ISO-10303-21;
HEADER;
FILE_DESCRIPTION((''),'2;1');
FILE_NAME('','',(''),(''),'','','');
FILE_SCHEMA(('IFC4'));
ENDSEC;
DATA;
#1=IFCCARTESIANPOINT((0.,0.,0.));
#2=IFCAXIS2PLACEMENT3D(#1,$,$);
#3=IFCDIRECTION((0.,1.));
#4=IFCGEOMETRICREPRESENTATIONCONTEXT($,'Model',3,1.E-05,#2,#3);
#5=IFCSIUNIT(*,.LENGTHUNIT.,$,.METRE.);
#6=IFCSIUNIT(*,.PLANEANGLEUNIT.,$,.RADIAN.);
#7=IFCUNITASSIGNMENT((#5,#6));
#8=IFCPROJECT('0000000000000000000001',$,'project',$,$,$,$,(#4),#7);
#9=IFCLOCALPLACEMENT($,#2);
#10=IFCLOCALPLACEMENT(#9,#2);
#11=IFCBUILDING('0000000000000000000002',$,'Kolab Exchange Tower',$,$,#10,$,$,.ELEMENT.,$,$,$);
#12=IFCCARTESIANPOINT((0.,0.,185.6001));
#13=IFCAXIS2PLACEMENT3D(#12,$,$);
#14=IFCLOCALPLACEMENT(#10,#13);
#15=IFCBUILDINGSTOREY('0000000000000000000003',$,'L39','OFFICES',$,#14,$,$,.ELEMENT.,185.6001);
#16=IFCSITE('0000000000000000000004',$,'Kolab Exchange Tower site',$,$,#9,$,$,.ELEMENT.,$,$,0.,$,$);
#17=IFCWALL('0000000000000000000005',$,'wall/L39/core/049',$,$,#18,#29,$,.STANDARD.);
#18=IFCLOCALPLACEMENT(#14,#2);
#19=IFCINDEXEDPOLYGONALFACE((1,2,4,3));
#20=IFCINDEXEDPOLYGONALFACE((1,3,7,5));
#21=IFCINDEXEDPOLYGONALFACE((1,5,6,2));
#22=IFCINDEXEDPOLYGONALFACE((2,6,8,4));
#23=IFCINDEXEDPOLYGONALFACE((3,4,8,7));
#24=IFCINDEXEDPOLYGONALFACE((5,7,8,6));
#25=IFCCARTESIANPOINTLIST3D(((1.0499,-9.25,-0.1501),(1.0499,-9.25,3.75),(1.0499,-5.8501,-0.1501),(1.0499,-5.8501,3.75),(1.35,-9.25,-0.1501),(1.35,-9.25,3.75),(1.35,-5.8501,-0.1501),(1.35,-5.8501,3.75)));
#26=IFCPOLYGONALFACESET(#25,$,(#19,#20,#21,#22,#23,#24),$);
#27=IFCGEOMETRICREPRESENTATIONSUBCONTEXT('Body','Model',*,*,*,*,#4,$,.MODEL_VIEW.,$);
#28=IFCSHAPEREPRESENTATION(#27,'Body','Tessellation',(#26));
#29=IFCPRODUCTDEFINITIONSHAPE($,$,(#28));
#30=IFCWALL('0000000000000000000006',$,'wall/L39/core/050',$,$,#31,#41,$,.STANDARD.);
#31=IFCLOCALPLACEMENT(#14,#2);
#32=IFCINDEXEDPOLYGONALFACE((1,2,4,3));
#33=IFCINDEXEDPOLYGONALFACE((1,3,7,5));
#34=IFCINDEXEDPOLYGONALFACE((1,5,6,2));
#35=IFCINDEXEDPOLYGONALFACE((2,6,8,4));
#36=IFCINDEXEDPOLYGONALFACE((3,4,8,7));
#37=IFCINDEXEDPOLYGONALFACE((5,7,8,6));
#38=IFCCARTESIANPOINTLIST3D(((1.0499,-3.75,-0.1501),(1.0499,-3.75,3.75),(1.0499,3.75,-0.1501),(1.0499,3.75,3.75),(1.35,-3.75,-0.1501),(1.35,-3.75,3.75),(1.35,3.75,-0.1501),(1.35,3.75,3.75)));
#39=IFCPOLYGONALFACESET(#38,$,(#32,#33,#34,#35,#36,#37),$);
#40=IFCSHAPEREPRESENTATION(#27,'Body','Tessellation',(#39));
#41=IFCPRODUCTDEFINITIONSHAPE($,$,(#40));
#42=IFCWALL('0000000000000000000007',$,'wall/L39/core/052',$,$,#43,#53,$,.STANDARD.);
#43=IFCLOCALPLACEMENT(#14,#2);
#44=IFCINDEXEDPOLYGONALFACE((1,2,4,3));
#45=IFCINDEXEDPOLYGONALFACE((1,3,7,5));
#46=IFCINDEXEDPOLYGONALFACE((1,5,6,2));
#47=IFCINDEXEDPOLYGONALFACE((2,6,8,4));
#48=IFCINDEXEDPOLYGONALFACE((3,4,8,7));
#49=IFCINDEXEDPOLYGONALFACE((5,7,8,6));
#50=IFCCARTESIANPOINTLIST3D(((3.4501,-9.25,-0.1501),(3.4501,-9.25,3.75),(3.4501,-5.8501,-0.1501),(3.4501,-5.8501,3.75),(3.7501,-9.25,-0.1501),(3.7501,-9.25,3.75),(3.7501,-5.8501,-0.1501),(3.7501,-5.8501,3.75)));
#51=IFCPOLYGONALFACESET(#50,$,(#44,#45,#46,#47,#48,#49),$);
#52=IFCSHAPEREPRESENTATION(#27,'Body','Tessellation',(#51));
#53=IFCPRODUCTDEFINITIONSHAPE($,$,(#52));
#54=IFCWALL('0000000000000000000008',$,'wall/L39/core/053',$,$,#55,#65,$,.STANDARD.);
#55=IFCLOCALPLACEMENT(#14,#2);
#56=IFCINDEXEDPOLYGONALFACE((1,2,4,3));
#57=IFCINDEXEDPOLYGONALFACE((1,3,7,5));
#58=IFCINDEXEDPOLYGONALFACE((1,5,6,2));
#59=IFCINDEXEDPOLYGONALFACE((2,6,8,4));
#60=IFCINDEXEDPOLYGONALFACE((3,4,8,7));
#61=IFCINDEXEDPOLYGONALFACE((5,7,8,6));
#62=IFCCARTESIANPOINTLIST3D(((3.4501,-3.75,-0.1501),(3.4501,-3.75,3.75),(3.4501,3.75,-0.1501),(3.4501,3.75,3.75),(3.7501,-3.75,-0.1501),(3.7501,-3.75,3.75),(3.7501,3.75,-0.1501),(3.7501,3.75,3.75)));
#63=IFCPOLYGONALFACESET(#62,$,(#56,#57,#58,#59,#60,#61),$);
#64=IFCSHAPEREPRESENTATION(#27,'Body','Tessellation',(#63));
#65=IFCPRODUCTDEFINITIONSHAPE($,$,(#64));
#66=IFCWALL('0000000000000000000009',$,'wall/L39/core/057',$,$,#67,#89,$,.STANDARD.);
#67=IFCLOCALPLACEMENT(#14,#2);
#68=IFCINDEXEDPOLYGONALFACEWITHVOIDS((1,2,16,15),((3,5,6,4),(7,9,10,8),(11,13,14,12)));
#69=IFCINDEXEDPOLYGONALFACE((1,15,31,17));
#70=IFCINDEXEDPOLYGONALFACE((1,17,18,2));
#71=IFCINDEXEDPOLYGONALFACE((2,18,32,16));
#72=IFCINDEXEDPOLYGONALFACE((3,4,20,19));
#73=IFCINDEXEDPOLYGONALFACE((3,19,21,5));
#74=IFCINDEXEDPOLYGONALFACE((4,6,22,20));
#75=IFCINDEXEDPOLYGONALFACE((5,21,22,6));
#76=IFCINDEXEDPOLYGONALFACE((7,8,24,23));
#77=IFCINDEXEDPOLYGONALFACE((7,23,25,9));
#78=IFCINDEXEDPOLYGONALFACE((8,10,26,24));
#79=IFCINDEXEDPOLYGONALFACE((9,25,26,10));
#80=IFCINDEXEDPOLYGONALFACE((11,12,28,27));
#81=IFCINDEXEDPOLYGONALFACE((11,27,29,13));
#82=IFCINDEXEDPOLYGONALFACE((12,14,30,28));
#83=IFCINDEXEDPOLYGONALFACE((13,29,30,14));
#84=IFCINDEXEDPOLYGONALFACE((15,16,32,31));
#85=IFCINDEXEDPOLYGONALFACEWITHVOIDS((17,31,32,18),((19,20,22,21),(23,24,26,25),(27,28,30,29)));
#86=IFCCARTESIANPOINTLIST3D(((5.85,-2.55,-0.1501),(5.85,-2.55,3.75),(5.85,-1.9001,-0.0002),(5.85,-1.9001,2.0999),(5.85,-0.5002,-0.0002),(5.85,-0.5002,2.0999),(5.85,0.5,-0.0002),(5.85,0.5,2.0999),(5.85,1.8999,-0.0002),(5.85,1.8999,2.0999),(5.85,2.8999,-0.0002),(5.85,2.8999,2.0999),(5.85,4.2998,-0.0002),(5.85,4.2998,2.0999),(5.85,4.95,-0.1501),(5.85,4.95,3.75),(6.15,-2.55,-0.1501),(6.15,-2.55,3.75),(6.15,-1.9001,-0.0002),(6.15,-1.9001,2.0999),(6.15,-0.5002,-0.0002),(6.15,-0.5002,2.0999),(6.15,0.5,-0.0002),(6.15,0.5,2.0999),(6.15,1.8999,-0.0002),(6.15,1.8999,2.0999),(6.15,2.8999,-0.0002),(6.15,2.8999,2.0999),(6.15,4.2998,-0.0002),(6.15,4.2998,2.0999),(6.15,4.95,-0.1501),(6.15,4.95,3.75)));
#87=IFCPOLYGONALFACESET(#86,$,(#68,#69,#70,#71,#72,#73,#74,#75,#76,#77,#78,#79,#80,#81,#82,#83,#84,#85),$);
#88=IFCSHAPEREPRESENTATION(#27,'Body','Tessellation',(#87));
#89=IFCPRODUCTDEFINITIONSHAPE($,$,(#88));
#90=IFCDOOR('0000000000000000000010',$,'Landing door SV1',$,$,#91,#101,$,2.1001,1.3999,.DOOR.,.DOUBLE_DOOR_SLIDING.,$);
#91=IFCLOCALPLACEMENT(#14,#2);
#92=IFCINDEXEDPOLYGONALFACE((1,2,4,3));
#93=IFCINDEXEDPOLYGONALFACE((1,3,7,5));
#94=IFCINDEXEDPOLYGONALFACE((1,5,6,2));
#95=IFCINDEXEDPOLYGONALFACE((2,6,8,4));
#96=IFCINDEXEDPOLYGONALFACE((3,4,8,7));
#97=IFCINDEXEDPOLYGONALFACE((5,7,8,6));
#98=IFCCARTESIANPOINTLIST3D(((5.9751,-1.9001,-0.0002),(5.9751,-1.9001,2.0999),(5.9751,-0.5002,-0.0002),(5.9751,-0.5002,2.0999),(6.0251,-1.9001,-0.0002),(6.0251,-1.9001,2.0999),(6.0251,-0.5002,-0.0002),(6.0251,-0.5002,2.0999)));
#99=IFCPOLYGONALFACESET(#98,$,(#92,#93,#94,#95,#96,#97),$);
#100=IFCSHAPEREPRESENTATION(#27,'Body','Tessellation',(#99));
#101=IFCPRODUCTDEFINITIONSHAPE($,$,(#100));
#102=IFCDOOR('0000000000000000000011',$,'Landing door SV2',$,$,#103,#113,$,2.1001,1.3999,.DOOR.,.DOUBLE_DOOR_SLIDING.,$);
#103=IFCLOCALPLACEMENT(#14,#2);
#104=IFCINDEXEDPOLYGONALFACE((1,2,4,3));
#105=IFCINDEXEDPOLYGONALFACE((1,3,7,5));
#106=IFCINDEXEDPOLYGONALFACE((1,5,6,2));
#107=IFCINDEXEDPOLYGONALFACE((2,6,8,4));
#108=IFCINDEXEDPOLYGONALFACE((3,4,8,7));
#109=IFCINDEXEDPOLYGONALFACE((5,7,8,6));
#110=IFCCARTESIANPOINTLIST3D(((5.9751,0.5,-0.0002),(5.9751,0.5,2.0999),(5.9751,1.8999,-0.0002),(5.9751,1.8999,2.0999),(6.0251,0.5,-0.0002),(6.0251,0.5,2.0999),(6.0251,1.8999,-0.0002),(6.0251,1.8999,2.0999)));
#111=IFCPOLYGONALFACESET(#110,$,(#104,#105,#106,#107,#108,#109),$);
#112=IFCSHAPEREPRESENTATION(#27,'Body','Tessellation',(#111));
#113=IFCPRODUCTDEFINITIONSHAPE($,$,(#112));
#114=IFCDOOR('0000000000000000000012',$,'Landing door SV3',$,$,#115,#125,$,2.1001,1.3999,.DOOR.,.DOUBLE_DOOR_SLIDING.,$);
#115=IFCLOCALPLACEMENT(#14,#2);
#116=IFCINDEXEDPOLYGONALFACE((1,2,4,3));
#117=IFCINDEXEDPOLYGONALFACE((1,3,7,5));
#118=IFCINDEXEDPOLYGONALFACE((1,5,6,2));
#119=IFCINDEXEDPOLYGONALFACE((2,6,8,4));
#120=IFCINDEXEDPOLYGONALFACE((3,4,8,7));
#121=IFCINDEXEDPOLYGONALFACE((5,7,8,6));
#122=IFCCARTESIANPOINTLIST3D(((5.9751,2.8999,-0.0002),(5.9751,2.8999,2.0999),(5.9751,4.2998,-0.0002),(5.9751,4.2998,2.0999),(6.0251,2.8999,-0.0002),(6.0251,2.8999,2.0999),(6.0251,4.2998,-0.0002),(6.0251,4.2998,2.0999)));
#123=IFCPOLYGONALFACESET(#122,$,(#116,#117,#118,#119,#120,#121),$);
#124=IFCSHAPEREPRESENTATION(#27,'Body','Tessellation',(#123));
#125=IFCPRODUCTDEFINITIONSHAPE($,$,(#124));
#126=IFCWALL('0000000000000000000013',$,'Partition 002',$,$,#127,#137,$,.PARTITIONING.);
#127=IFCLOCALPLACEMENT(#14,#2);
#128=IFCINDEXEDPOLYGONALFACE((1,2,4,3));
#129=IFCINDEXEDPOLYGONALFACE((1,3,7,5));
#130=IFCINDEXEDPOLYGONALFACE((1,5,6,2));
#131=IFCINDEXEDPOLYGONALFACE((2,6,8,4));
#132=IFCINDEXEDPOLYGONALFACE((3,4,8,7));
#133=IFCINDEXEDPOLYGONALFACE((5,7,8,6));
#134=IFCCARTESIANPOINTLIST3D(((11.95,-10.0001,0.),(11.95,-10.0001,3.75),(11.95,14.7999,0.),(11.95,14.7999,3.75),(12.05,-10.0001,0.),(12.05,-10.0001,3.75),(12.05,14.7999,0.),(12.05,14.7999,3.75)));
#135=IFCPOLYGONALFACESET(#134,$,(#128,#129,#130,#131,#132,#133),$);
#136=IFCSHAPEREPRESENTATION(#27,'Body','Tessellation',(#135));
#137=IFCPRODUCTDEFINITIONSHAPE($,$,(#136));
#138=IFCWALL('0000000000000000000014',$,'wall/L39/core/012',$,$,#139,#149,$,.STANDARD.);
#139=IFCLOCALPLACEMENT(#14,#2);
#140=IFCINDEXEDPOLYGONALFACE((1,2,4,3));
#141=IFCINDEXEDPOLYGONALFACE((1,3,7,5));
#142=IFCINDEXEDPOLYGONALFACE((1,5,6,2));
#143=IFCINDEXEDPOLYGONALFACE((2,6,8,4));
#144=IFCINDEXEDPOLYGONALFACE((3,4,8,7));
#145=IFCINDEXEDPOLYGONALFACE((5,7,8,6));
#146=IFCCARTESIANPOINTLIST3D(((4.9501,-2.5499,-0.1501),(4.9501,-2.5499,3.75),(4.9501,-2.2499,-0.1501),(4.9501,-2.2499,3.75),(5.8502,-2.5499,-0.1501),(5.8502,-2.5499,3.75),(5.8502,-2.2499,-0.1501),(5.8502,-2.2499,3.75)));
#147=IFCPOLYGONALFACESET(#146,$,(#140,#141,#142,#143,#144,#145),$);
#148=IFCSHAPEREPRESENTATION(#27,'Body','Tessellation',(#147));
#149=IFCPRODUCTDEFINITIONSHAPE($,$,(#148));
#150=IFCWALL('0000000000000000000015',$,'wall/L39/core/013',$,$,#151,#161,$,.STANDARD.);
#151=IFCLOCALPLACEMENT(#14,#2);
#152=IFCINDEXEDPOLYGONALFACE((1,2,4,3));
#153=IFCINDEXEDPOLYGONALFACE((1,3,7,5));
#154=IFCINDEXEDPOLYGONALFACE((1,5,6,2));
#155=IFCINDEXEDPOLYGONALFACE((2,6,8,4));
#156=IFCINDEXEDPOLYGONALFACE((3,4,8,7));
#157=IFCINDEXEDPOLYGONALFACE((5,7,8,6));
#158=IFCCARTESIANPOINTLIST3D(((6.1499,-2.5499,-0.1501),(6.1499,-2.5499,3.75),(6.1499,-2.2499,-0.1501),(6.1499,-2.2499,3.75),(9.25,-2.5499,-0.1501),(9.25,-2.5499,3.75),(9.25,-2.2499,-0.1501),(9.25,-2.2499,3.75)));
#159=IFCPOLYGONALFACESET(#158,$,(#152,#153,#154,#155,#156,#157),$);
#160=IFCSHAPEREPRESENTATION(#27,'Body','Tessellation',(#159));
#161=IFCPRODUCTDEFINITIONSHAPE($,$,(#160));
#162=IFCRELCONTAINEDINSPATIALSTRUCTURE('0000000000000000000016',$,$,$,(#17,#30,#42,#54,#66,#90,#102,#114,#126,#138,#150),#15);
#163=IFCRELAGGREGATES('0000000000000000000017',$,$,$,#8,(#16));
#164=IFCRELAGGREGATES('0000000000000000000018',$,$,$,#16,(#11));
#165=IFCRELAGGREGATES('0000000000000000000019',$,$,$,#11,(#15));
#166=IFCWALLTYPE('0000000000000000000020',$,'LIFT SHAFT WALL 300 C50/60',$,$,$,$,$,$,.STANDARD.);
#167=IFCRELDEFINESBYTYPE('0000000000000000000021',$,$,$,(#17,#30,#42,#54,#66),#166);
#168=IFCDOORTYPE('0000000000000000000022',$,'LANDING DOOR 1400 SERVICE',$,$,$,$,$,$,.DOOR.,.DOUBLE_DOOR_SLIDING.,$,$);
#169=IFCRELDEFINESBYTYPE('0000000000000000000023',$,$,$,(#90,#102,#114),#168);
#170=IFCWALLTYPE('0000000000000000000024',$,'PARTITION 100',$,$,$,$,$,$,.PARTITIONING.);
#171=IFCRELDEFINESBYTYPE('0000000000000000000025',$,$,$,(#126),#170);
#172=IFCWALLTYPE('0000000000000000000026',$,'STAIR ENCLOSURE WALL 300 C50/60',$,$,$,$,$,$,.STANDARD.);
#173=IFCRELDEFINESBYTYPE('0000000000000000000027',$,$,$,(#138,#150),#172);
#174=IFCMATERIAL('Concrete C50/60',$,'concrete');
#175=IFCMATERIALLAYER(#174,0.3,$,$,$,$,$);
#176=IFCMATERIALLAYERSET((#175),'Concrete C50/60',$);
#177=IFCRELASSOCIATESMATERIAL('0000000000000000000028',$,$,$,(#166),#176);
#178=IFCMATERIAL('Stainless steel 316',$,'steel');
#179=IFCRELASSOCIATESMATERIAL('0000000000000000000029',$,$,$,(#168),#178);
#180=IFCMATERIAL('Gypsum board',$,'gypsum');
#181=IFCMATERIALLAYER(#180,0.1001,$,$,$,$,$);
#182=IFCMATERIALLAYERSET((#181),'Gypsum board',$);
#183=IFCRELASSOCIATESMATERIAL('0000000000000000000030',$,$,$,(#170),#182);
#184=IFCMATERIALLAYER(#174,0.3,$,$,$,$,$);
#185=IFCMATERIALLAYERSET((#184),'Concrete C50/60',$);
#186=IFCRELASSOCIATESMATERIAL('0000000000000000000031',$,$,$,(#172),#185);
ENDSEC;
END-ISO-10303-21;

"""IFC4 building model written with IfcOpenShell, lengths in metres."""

from ifc_helpers import new_model, si_unit, direction, frame, frame_2d, origin, place, context, subcontext, project, spatial, rectangle, extrude, material, layer, layer_set, type_object, element, fill, save


model = new_model("IFC4")

# Units and contexts
model_context = context("Model", 3, precision=1e-05, world=origin(), true_north=direction((0.0, 1.0)))
body_context = subcontext(model_context, "Body", "Model", "MODEL_VIEW")
ifc_project = project(units=[si_unit("LENGTHUNIT", "METRE"), si_unit("PLANEANGLEUNIT", "RADIAN")], contexts=[model_context])

# Site, building, storey
site_placement = place(None, origin())
site = spatial("IfcSite", under=ifc_project, at=site_placement, Name="Kolab Exchange Tower site", CompositionType="ELEMENT", RefElevation=0.0)
building_placement = place(site_placement, origin())
building = spatial("IfcBuilding", under=site, at=building_placement, Name="Kolab Exchange Tower", CompositionType="ELEMENT")
storey_placement = place(building_placement, frame((0.0, 0.0, 185.6001)))
storey = spatial("IfcBuildingStorey", under=building, at=storey_placement, Name="L39", Description="OFFICES", CompositionType="ELEMENT", Elevation=185.6001)

# Shared definitions
ifc_material_1 = material(Name="Concrete C50/60", Category="concrete")
ifc_layer_1 = layer(ifc_material_1, 0.3)
ifc_layer_set_1 = layer_set([ifc_layer_1], Name="Concrete C50/60")
wall_type_1 = type_object("IfcWallType", Name="LIFT SHAFT WALL 300 C50/60", PredefinedType="STANDARD", material=ifc_layer_set_1)
ifc_material_2 = material(Name="Stainless steel 316", Category="steel")

# Walls
wall_1_placement = place(storey_placement, frame((1.2, -9.25, -0.1501), z_axis=(0.0, 0.0, 1.0), x_axis=(0.0, 1.0, 0.0)))
element("IfcWall", 1, at=wall_1_placement, inside=storey, type_object=wall_type_1, Name="wall/L39/core/049", PredefinedType="STANDARD", context=body_context, shape_type="SweptSolid", body=[
    extrude(rectangle(XDim=3.3999, YDim=0.3, at=frame_2d((1.7, 0.0))), origin(), (0.0, 0.0, 1.0), 3.9001),
])
wall_2_placement = place(storey_placement, frame((1.2, -3.75, -0.1501), z_axis=(0.0, 0.0, 1.0), x_axis=(0.0, 1.0, 0.0)))
element("IfcWall", 2, at=wall_2_placement, inside=storey, type_object=wall_type_1, Name="wall/L39/core/050", PredefinedType="STANDARD", context=body_context, shape_type="SweptSolid", body=[
    extrude(rectangle(XDim=7.5, YDim=0.3, at=frame_2d((3.75, 0.0))), origin(), (0.0, 0.0, 1.0), 3.9001),
])
wall_3_placement = place(storey_placement, frame((3.6001, -9.25, -0.1501), z_axis=(0.0, 0.0, 1.0), x_axis=(0.0, 1.0, 0.0)))
element("IfcWall", 3, at=wall_3_placement, inside=storey, type_object=wall_type_1, Name="wall/L39/core/052", PredefinedType="STANDARD", context=body_context, shape_type="SweptSolid", body=[
    extrude(rectangle(XDim=3.3999, YDim=0.3, at=frame_2d((1.7, 0.0))), origin(), (0.0, 0.0, 1.0), 3.9001),
])
wall_4_placement = place(storey_placement, frame((3.6001, -3.75, -0.1501), z_axis=(0.0, 0.0, 1.0), x_axis=(0.0, 1.0, 0.0)))
element("IfcWall", 4, at=wall_4_placement, inside=storey, type_object=wall_type_1, Name="wall/L39/core/053", PredefinedType="STANDARD", context=body_context, shape_type="SweptSolid", body=[
    extrude(rectangle(XDim=7.5, YDim=0.3, at=frame_2d((3.75, 0.0))), origin(), (0.0, 0.0, 1.0), 3.9001),
])

# Wall, openings, doors
wall_5_placement = place(storey_placement, frame((6.0, -2.55, -0.1501), z_axis=(0.0, 0.0, 1.0), x_axis=(0.0, 1.0, 0.0)))
wall_5 = element("IfcWall", 5, at=wall_5_placement, inside=storey, type_object=wall_type_1, Name="wall/L39/core/057", PredefinedType="STANDARD", context=body_context, shape_type="SweptSolid", body=[
    extrude(rectangle(XDim=7.5, YDim=0.3, at=frame_2d((3.75, 0.0))), origin(), (0.0, 0.0, 1.0), 3.9001),
])
opening_1_placement = place(wall_5_placement, frame((0.6499, 0.0, 0.1499)))
opening_1 = element("IfcOpeningElement", 6, at=opening_1_placement, cuts=wall_5, PredefinedType="OPENING", context=body_context, shape_type="SweptSolid", body=[
    extrude(rectangle(XDim=1.3999, YDim=2.1001, at=frame_2d((0.7, 1.05))), frame((0.0, 0.1602, 0.0), z_axis=(0.0, -1.0, 0.0), x_axis=(1.0, 0.0, 0.0)), (0.0, 0.0, 1.0), 0.3201),
])
opening_2_placement = place(wall_5_placement, frame((3.05, 0.0, 0.1499)))
opening_2 = element("IfcOpeningElement", 7, at=opening_2_placement, cuts=wall_5, PredefinedType="OPENING", context=body_context, shape_type="SweptSolid", body=[
    extrude(rectangle(XDim=1.3999, YDim=2.1001, at=frame_2d((0.7, 1.05))), frame((0.0, 0.1602, 0.0), z_axis=(0.0, -1.0, 0.0), x_axis=(1.0, 0.0, 0.0)), (0.0, 0.0, 1.0), 0.3201),
])
opening_3_placement = place(wall_5_placement, frame((5.45, 0.0, 0.1499)))
opening_3 = element("IfcOpeningElement", 8, at=opening_3_placement, cuts=wall_5, PredefinedType="OPENING", context=body_context, shape_type="SweptSolid", body=[
    extrude(rectangle(XDim=1.3999, YDim=2.1001, at=frame_2d((0.7, 1.05))), frame((0.0, 0.1602, 0.0), z_axis=(0.0, -1.0, 0.0), x_axis=(1.0, 0.0, 0.0)), (0.0, 0.0, 1.0), 0.3201),
])
door_type_1 = type_object("IfcDoorType", Name="LANDING DOOR 1400 SERVICE", OperationType="DOUBLE_DOOR_SLIDING", PredefinedType="DOOR", material=ifc_material_2)
door_1_placement = place(opening_1_placement, origin())
door_1 = element("IfcDoor", 9, at=door_1_placement, inside=storey, type_object=door_type_1, Name="Landing door SV1", OperationType="DOUBLE_DOOR_SLIDING", OverallHeight=2.1001, OverallWidth=1.3999, PredefinedType="DOOR", context=body_context, shape_type="SweptSolid", body=[
    extrude(rectangle(XDim=1.3999, YDim=2.1001, at=frame_2d((0.7, 1.05))), frame((0.0, 0.0249, 0.0), z_axis=(0.0, -1.0, 0.0), x_axis=(1.0, 0.0, 0.0)), (0.0, 0.0, 1.0), 0.05),
])
fill(opening_1, door_1)
door_2_placement = place(opening_2_placement, origin())
door_2 = element("IfcDoor", 10, at=door_2_placement, inside=storey, type_object=door_type_1, Name="Landing door SV2", OperationType="DOUBLE_DOOR_SLIDING", OverallHeight=2.1001, OverallWidth=1.3999, PredefinedType="DOOR", context=body_context, shape_type="SweptSolid", body=[
    extrude(rectangle(XDim=1.3999, YDim=2.1001, at=frame_2d((0.7, 1.05))), frame((0.0, 0.0249, 0.0), z_axis=(0.0, -1.0, 0.0), x_axis=(1.0, 0.0, 0.0)), (0.0, 0.0, 1.0), 0.05),
])
fill(opening_2, door_2)
door_3_placement = place(opening_3_placement, origin())
door_3 = element("IfcDoor", 11, at=door_3_placement, inside=storey, type_object=door_type_1, Name="Landing door SV3", OperationType="DOUBLE_DOOR_SLIDING", OverallHeight=2.1001, OverallWidth=1.3999, PredefinedType="DOOR", context=body_context, shape_type="SweptSolid", body=[
    extrude(rectangle(XDim=1.3999, YDim=2.1001, at=frame_2d((0.7, 1.05))), frame((0.0, 0.0249, 0.0), z_axis=(0.0, -1.0, 0.0), x_axis=(1.0, 0.0, 0.0)), (0.0, 0.0, 1.0), 0.05),
])
fill(opening_3, door_3)

# Walls
ifc_material_3 = material(Name="Gypsum board", Category="gypsum")
ifc_layer_2 = layer(ifc_material_3, 0.1001)
ifc_layer_set_2 = layer_set([ifc_layer_2], Name="Gypsum board")
wall_type_2 = type_object("IfcWallType", Name="PARTITION 100", PredefinedType="PARTITIONING", material=ifc_layer_set_2)
wall_6_placement = place(storey_placement, frame((12.0, -10.0, 0.0), z_axis=(0.0, 0.0, 1.0), x_axis=(0.0, 1.0, 0.0)))
element("IfcWall", 12, at=wall_6_placement, inside=storey, type_object=wall_type_2, Name="Partition 002", PredefinedType="PARTITIONING", context=body_context, shape_type="SweptSolid", body=[
    extrude(rectangle(XDim=24.8, YDim=0.1001, at=frame_2d((12.3999, 0.0))), origin(), (0.0, 0.0, 1.0), 3.75),
])
ifc_layer_3 = layer(ifc_material_1, 0.3)
ifc_layer_set_3 = layer_set([ifc_layer_3], Name="Concrete C50/60")
wall_type_3 = type_object("IfcWallType", Name="STAIR ENCLOSURE WALL 300 C50/60", PredefinedType="STANDARD", material=ifc_layer_set_3)
wall_7_placement = place(storey_placement, frame((4.95, -2.3999, -0.1501), z_axis=(0.0, 0.0, 1.0), x_axis=(1.0, 0.0, 0.0)))
element("IfcWall", 13, at=wall_7_placement, inside=storey, type_object=wall_type_3, Name="wall/L39/core/012", PredefinedType="STANDARD", context=body_context, shape_type="SweptSolid", body=[
    extrude(rectangle(XDim=0.9001, YDim=0.3, at=frame_2d((0.4502, 0.0))), origin(), (0.0, 0.0, 1.0), 3.9001),
])
wall_8_placement = place(storey_placement, frame((6.1499, -2.3999, -0.1501), z_axis=(0.0, 0.0, 1.0), x_axis=(1.0, 0.0, 0.0)))
element("IfcWall", 14, at=wall_8_placement, inside=storey, type_object=wall_type_3, Name="wall/L39/core/013", PredefinedType="STANDARD", context=body_context, shape_type="SweptSolid", body=[
    extrude(rectangle(XDim=3.1001, YDim=0.3, at=frame_2d((1.55, 0.0))), origin(), (0.0, 0.0, 1.0), 3.9001),
])

save(model, "model.ifc")
